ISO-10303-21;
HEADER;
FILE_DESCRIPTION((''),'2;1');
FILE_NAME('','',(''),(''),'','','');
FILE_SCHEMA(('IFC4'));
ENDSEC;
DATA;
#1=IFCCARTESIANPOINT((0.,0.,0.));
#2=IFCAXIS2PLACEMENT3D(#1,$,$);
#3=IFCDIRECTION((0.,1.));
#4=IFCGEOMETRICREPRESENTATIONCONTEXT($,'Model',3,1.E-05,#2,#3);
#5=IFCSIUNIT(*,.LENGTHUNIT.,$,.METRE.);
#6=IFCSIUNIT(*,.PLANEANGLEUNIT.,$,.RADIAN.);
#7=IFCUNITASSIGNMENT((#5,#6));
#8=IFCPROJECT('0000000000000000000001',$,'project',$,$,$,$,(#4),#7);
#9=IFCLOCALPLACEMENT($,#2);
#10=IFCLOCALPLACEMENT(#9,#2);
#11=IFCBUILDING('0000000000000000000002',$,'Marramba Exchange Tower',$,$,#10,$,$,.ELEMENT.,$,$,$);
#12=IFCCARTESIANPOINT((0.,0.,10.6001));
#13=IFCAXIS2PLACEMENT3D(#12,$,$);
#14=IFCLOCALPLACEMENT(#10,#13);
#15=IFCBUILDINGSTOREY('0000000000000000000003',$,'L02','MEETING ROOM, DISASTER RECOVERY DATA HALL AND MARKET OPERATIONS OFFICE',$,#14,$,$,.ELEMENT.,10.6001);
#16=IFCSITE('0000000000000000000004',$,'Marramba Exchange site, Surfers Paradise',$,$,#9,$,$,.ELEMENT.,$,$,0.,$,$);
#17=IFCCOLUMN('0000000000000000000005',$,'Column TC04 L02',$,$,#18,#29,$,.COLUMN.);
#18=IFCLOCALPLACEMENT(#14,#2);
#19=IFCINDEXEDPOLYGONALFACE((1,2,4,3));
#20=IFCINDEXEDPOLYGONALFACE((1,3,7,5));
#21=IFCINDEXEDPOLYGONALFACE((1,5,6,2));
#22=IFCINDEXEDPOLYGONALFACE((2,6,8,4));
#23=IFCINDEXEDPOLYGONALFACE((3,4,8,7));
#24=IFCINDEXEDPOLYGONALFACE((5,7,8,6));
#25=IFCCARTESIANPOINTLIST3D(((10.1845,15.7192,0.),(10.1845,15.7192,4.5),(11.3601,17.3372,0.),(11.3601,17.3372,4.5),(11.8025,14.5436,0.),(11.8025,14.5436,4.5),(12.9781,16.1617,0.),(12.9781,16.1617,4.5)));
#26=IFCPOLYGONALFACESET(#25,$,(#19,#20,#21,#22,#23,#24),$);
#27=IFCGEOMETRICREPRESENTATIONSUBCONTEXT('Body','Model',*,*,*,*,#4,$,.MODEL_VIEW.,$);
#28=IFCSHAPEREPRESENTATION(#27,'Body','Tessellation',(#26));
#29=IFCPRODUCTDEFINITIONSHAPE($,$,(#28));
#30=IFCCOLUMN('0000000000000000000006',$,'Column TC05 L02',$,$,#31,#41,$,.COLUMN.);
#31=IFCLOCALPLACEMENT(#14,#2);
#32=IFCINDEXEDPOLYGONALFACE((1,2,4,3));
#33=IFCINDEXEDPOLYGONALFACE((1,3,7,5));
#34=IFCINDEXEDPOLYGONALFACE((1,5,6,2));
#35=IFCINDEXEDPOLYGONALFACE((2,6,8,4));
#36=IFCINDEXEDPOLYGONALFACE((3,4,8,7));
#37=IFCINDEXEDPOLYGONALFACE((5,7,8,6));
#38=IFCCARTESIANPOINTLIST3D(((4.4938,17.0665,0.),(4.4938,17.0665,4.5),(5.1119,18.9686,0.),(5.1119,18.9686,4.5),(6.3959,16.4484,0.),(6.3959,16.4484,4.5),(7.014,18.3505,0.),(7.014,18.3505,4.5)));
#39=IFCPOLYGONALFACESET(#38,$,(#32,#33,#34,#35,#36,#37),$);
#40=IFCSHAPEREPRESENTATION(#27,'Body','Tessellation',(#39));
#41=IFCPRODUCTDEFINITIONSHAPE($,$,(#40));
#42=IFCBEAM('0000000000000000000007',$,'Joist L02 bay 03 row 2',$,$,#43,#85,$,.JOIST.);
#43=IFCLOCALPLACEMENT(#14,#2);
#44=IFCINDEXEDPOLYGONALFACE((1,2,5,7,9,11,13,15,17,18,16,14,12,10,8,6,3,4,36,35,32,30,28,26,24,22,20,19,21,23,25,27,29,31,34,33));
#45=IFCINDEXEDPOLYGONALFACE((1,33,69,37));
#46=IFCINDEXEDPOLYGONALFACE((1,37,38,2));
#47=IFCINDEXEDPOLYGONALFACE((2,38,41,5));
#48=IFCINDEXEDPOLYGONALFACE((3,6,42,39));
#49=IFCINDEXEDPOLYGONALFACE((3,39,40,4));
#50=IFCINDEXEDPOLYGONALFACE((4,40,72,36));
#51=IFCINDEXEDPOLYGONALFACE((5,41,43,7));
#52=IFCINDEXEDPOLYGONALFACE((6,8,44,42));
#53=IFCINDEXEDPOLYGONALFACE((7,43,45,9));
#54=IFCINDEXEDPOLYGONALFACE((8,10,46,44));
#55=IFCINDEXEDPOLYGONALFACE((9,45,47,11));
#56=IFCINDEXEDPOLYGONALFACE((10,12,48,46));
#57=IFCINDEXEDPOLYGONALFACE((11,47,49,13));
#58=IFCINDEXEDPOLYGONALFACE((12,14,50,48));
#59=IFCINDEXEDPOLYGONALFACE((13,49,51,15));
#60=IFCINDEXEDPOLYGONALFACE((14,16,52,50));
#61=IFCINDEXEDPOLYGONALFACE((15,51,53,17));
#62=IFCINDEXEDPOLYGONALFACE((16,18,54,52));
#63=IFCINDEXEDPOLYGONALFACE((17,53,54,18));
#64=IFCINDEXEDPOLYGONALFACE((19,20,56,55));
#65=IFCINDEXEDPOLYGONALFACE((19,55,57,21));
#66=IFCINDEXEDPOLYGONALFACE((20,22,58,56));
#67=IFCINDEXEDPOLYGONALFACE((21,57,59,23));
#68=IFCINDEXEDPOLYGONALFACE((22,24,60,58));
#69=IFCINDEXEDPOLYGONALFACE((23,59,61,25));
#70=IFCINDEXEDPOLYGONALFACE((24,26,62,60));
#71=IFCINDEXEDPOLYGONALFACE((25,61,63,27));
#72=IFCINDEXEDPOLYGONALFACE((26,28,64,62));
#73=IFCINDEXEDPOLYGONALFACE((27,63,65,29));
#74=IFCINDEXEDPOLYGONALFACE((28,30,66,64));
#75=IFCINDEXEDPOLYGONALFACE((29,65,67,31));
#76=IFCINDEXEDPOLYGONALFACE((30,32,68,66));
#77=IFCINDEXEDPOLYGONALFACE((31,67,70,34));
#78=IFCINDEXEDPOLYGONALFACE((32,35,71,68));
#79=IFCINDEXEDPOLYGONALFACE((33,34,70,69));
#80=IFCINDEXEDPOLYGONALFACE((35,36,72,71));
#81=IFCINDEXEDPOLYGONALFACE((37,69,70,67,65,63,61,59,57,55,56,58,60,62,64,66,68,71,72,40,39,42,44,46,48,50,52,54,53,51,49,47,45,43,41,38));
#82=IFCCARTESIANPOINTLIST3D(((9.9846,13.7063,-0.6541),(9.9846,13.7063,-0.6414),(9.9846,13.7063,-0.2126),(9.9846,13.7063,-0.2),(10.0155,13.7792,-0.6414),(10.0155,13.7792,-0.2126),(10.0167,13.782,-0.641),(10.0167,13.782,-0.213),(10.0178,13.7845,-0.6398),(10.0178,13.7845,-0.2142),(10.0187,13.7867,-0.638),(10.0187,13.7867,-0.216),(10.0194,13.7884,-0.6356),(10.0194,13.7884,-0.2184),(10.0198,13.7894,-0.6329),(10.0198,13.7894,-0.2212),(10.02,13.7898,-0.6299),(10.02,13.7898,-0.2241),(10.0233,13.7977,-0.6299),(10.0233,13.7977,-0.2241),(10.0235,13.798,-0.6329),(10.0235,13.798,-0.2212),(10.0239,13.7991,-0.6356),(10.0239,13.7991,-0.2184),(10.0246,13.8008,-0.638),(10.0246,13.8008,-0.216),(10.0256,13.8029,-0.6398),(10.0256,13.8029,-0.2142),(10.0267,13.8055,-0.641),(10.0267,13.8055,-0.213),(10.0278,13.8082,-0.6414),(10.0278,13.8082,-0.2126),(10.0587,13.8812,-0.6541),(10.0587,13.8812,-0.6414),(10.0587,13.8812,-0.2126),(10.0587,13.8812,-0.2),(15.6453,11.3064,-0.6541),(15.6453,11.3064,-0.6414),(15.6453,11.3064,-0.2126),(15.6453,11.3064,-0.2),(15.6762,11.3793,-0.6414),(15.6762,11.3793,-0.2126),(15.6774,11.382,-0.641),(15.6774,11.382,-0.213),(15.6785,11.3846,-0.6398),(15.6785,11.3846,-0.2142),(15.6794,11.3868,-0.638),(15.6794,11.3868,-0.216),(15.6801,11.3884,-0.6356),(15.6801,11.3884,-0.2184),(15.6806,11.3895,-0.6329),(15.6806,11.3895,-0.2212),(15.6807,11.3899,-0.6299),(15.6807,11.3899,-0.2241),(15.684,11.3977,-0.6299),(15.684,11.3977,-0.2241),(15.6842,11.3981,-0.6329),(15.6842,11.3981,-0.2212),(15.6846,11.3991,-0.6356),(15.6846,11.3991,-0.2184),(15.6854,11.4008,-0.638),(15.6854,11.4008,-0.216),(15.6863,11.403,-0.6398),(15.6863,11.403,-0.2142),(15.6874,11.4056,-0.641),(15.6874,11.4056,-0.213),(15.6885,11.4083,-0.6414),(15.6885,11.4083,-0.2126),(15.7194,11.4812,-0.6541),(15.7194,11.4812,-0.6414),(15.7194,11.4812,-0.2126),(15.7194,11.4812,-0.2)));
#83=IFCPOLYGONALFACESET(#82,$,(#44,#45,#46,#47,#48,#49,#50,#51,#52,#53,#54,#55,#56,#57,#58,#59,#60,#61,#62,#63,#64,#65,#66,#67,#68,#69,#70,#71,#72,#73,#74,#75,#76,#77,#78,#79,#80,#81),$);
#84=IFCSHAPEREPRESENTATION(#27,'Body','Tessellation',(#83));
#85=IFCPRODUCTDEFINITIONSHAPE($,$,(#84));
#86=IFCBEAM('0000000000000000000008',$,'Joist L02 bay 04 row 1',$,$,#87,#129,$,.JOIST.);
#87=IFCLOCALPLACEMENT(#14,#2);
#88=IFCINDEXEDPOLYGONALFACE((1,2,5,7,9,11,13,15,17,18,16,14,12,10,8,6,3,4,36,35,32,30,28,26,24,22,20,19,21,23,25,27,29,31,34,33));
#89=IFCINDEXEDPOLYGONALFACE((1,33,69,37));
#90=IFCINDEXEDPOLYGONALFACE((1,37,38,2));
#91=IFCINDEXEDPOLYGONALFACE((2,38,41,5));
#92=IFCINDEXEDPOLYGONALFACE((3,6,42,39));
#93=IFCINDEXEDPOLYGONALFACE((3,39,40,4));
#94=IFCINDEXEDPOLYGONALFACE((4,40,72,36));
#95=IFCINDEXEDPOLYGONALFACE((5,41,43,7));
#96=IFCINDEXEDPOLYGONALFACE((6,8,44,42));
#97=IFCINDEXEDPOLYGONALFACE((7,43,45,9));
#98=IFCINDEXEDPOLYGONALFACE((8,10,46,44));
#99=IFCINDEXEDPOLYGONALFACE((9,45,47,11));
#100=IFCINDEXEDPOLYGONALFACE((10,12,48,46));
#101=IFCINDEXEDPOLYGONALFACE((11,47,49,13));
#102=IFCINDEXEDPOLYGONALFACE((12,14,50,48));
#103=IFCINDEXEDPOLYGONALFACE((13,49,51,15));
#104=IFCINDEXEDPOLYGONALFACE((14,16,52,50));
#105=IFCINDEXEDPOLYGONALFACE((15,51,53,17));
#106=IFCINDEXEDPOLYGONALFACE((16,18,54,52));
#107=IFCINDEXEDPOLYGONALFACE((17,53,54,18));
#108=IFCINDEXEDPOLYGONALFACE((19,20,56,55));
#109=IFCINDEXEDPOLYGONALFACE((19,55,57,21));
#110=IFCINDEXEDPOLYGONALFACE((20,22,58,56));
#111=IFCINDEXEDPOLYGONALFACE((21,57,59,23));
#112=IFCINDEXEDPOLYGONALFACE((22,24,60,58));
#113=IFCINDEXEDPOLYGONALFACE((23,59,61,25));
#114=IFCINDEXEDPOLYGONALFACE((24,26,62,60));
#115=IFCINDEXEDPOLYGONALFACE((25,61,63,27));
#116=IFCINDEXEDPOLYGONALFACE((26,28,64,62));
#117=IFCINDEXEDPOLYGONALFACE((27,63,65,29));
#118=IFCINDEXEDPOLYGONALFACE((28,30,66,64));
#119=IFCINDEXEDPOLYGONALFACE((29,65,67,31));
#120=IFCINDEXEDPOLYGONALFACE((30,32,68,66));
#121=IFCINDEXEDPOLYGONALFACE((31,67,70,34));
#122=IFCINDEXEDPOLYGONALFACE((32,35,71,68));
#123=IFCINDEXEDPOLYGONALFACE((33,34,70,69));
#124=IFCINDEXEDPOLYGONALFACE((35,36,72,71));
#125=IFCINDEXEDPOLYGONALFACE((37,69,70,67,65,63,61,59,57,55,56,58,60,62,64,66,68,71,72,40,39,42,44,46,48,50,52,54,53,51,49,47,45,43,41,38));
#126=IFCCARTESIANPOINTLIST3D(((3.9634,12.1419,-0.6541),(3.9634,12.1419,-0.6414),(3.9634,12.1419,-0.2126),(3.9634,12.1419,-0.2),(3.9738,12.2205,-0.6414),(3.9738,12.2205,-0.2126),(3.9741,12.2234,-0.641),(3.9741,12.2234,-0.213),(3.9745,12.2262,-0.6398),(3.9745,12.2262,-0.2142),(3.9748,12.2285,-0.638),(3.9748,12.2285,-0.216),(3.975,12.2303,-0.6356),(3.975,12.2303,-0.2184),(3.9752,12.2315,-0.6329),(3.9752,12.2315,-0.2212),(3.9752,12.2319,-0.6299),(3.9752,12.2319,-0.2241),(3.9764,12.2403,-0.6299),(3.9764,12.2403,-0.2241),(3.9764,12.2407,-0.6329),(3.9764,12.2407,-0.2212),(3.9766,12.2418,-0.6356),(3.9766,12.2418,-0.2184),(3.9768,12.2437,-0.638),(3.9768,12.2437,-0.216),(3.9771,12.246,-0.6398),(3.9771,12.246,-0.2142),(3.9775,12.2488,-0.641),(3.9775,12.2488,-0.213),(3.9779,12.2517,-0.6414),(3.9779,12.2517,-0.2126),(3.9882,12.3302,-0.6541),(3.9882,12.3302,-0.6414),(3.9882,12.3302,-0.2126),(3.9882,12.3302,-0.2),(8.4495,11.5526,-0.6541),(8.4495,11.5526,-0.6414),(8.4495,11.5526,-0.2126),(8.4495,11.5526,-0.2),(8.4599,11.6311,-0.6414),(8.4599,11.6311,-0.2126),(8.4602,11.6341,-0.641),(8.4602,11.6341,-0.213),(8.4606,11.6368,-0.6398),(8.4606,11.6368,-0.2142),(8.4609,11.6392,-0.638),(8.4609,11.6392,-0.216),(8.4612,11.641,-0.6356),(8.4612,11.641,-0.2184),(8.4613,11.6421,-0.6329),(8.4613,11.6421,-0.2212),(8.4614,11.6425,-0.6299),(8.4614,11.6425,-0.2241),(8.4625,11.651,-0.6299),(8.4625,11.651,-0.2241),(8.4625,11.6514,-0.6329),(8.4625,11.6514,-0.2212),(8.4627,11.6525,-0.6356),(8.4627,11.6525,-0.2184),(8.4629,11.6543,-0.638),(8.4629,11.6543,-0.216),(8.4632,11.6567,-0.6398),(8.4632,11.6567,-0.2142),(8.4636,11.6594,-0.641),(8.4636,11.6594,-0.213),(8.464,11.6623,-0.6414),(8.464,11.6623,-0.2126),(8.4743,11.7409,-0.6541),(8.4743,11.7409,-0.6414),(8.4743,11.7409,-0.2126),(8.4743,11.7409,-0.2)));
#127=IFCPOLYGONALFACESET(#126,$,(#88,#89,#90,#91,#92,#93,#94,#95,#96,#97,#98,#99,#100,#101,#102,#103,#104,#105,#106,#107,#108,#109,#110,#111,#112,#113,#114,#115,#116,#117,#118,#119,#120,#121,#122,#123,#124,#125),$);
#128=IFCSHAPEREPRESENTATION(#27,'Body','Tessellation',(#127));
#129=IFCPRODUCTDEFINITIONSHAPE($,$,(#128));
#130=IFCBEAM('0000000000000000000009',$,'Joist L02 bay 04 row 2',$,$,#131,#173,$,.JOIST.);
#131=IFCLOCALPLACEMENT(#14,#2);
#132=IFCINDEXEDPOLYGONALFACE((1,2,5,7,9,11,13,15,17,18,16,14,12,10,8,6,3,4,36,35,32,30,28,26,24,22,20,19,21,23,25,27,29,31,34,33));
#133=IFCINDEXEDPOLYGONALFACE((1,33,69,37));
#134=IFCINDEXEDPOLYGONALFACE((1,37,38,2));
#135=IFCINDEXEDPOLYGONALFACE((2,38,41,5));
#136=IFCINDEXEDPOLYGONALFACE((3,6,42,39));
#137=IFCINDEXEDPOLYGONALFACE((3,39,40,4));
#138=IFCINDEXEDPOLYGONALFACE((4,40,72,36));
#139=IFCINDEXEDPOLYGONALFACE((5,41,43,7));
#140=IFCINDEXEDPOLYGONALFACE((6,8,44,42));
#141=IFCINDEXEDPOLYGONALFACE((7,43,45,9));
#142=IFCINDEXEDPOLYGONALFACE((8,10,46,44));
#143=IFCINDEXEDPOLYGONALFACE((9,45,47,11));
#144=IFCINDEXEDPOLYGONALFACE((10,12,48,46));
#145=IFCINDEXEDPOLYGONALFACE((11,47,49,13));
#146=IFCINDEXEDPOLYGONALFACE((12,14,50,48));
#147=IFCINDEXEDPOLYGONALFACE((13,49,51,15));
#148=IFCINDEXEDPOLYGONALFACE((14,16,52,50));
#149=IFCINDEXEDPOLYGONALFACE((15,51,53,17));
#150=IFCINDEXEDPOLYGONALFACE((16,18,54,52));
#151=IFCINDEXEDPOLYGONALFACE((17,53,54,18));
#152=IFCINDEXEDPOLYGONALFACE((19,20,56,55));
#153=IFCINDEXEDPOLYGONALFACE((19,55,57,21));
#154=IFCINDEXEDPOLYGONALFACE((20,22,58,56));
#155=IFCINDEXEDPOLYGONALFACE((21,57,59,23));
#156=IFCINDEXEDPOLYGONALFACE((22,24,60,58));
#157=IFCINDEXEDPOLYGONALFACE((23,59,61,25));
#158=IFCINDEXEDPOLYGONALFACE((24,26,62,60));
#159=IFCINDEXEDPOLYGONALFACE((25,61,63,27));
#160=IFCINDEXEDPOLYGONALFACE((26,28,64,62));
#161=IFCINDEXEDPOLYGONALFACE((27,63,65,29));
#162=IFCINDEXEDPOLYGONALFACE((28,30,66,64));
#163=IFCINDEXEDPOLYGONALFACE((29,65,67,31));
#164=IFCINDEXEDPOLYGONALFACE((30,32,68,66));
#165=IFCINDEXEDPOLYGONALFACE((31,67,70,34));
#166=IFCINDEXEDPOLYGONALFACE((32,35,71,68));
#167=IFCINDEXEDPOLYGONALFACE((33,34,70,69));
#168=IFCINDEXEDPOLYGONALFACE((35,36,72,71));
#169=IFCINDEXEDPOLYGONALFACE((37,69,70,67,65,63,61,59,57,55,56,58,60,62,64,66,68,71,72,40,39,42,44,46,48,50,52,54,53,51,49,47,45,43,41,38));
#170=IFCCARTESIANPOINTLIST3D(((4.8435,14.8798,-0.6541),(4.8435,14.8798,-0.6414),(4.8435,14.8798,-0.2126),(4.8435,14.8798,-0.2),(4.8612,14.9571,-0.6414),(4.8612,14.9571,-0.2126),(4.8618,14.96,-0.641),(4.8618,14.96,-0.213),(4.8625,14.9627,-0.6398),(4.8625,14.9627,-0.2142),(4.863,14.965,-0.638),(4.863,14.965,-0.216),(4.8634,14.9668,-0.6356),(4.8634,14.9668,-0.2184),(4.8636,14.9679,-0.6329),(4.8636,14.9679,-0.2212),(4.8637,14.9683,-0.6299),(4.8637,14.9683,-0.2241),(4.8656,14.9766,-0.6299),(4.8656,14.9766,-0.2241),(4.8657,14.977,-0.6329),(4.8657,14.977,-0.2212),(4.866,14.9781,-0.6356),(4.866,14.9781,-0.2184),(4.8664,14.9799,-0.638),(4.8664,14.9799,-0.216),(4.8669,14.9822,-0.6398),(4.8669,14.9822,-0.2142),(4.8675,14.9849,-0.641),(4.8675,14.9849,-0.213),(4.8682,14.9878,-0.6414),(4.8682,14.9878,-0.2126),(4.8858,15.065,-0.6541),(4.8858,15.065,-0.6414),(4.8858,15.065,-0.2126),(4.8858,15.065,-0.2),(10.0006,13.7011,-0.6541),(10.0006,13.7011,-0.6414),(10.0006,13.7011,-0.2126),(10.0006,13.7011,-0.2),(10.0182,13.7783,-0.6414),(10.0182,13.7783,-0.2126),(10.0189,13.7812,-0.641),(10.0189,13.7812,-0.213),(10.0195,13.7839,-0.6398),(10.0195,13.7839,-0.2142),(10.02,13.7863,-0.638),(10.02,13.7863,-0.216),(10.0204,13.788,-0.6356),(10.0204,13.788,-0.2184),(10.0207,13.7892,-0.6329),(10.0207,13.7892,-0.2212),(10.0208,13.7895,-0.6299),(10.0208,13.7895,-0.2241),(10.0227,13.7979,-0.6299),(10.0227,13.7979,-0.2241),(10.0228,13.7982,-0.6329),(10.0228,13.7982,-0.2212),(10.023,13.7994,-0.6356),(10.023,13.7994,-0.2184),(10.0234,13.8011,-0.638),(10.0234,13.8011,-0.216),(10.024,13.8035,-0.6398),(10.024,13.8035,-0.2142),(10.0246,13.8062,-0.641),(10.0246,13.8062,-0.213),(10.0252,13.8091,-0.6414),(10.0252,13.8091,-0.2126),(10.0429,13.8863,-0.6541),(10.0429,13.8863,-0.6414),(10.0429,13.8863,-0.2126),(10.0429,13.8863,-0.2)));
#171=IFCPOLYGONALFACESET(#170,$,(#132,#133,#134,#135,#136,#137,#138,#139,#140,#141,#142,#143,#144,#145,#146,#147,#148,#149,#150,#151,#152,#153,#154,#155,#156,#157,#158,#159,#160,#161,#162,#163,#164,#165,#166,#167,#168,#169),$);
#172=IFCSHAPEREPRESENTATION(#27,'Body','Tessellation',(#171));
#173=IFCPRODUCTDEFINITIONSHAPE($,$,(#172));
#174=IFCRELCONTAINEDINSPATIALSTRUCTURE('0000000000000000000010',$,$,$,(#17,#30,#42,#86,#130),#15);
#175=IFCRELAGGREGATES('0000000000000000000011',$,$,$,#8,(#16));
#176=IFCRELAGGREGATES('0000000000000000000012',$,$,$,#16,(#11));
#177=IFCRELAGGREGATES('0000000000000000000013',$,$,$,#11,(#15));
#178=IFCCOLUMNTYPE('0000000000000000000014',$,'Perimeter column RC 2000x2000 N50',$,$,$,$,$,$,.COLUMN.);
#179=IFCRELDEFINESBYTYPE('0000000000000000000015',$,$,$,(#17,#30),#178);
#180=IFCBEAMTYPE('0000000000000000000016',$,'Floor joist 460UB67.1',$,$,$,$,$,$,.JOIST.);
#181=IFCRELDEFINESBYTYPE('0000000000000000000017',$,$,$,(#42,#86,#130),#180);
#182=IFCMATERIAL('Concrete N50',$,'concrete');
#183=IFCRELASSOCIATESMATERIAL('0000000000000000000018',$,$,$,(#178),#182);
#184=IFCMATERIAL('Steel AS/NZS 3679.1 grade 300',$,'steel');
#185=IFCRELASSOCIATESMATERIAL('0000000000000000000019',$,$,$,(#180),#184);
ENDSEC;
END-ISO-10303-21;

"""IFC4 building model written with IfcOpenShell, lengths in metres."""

from ifc_helpers import new_model, si_unit, direction, frame, origin, origin_2d, place, context, subcontext, project, spatial, rectangle, i_section, extrude, material, material_profile, profile_set, type_object, element, save


model = new_model("IFC4")

# Units and contexts
model_context = context("Model", 3, precision=1e-05, world=origin(), true_north=direction((0.0, 1.0)))
body_context = subcontext(model_context, "Body", "Model", "MODEL_VIEW")
ifc_project = project(units=[si_unit("LENGTHUNIT", "METRE"), si_unit("PLANEANGLEUNIT", "RADIAN")], contexts=[model_context])

# Site, building, storey
site_placement = place(None, origin())
site = spatial("IfcSite", under=ifc_project, at=site_placement, Name="Marramba Exchange site, Surfers Paradise", CompositionType="ELEMENT", RefElevation=0.0)
building_placement = place(site_placement, origin())
building = spatial("IfcBuilding", under=site, at=building_placement, Name="Marramba Exchange Tower", CompositionType="ELEMENT")
storey_placement = place(building_placement, frame((0.0, 0.0, 10.6001)))
storey = spatial("IfcBuildingStorey", under=building, at=storey_placement, Name="L02", Description="MEETING ROOM, DISASTER RECOVERY DATA HALL AND MARKET OPERATIONS OFFICE", CompositionType="ELEMENT", Elevation=10.6001)

# Columns
ifc_material_1 = material(Name="Concrete N50", Category="concrete")
ifc_material_profile_1 = material_profile(ifc_material_1, rectangle(XDim=2.0, YDim=2.0, at=origin_2d()), Name="RC 2000x2000")
ifc_profile_set_1 = profile_set([ifc_material_profile_1], Name="Concrete N50")
column_type = type_object("IfcColumnType", Name="Perimeter column RC 2000x2000 N50", PredefinedType="COLUMN", material=ifc_profile_set_1)
for number, where, z_axis, x_axis, name in (
    (1, (11.5813, 15.9404, 0.0), (0.0, 0.0, 1.0), (0.587785, 0.809017, 0.0), "Column TC04 L02"),
    (2, (5.7539, 17.7085, 0.0), (0.0, 0.0, 1.0), (0.309017, 0.951057, 0.0), "Column TC05 L02"),
):
    element("IfcColumn", number, at=place(storey_placement, frame(where, z_axis=z_axis, x_axis=x_axis)), inside=storey, type_object=column_type, Name=name, PredefinedType="COLUMN", context=body_context, shape_type="SweptSolid", body=[
        extrude(rectangle(XDim=2.0, YDim=2.0, at=origin_2d()), origin(), (0.0, 0.0, 1.0), 4.5),
    ])

# Beams
ifc_material_2 = material(Name="Steel AS/NZS 3679.1 grade 300", Category="steel")
ifc_material_profile_2 = material_profile(ifc_material_2, i_section(OverallWidth=0.1899, OverallDepth=0.4541, WebThickness=0.0085, FlangeThickness=0.0127, FilletRadius=0.0115, at=origin_2d()), Name="460UB67.1")
ifc_profile_set_2 = profile_set([ifc_material_profile_2], Name="Steel AS/NZS 3679.1 grade 300")
beam_type_1 = type_object("IfcBeamType", Name="Floor joist 460UB67.1", PredefinedType="JOIST", material=ifc_profile_set_2)
beam_1_placement = place(storey_placement, frame((15.6824, 11.3938, -0.427), z_axis=(-0.920674, 0.390332, 0.0), x_axis=(-0.390332, -0.920674, 0.0)))
element("IfcBeam", 3, at=beam_1_placement, inside=storey, type_object=beam_type_1, Name="Joist L02 bay 03 row 2", PredefinedType="JOIST", context=body_context, shape_type="SweptSolid", body=[
    extrude(i_section(OverallWidth=0.1899, OverallDepth=0.4541, WebThickness=0.0085, FlangeThickness=0.0127, FilletRadius=0.0115, at=origin_2d()), origin(), (0.0, 0.0, 1.0), 6.1484),
])
beam_2_placement = place(storey_placement, frame((8.4619, 11.6467, -0.427), z_axis=(-0.991481, 0.130255, 0.0), x_axis=(-0.130255, -0.991481, 0.0)))
element("IfcBeam", 4, at=beam_2_placement, inside=storey, type_object=beam_type_1, Name="Joist L02 bay 04 row 1", PredefinedType="JOIST", context=body_context, shape_type="SweptSolid", body=[
    extrude(i_section(OverallWidth=0.1899, OverallDepth=0.4541, WebThickness=0.0085, FlangeThickness=0.0127, FilletRadius=0.0115, at=origin_2d()), origin(), (0.0, 0.0, 1.0), 4.5247),
])
beam_3_placement = place(storey_placement, frame((10.0217, 13.7937, -0.427), z_axis=(-0.97486, 0.22282, 0.0), x_axis=(-0.22282, -0.97486, 0.0)))
element("IfcBeam", 5, at=beam_3_placement, inside=storey, type_object=beam_type_1, Name="Joist L02 bay 04 row 2", PredefinedType="JOIST", context=body_context, shape_type="SweptSolid", body=[
    extrude(i_section(OverallWidth=0.1899, OverallDepth=0.4541, WebThickness=0.0085, FlangeThickness=0.0127, FilletRadius=0.0115, at=origin_2d()), origin(), (0.0, 0.0, 1.0), 5.29),
])

save(model, "model.ifc")
